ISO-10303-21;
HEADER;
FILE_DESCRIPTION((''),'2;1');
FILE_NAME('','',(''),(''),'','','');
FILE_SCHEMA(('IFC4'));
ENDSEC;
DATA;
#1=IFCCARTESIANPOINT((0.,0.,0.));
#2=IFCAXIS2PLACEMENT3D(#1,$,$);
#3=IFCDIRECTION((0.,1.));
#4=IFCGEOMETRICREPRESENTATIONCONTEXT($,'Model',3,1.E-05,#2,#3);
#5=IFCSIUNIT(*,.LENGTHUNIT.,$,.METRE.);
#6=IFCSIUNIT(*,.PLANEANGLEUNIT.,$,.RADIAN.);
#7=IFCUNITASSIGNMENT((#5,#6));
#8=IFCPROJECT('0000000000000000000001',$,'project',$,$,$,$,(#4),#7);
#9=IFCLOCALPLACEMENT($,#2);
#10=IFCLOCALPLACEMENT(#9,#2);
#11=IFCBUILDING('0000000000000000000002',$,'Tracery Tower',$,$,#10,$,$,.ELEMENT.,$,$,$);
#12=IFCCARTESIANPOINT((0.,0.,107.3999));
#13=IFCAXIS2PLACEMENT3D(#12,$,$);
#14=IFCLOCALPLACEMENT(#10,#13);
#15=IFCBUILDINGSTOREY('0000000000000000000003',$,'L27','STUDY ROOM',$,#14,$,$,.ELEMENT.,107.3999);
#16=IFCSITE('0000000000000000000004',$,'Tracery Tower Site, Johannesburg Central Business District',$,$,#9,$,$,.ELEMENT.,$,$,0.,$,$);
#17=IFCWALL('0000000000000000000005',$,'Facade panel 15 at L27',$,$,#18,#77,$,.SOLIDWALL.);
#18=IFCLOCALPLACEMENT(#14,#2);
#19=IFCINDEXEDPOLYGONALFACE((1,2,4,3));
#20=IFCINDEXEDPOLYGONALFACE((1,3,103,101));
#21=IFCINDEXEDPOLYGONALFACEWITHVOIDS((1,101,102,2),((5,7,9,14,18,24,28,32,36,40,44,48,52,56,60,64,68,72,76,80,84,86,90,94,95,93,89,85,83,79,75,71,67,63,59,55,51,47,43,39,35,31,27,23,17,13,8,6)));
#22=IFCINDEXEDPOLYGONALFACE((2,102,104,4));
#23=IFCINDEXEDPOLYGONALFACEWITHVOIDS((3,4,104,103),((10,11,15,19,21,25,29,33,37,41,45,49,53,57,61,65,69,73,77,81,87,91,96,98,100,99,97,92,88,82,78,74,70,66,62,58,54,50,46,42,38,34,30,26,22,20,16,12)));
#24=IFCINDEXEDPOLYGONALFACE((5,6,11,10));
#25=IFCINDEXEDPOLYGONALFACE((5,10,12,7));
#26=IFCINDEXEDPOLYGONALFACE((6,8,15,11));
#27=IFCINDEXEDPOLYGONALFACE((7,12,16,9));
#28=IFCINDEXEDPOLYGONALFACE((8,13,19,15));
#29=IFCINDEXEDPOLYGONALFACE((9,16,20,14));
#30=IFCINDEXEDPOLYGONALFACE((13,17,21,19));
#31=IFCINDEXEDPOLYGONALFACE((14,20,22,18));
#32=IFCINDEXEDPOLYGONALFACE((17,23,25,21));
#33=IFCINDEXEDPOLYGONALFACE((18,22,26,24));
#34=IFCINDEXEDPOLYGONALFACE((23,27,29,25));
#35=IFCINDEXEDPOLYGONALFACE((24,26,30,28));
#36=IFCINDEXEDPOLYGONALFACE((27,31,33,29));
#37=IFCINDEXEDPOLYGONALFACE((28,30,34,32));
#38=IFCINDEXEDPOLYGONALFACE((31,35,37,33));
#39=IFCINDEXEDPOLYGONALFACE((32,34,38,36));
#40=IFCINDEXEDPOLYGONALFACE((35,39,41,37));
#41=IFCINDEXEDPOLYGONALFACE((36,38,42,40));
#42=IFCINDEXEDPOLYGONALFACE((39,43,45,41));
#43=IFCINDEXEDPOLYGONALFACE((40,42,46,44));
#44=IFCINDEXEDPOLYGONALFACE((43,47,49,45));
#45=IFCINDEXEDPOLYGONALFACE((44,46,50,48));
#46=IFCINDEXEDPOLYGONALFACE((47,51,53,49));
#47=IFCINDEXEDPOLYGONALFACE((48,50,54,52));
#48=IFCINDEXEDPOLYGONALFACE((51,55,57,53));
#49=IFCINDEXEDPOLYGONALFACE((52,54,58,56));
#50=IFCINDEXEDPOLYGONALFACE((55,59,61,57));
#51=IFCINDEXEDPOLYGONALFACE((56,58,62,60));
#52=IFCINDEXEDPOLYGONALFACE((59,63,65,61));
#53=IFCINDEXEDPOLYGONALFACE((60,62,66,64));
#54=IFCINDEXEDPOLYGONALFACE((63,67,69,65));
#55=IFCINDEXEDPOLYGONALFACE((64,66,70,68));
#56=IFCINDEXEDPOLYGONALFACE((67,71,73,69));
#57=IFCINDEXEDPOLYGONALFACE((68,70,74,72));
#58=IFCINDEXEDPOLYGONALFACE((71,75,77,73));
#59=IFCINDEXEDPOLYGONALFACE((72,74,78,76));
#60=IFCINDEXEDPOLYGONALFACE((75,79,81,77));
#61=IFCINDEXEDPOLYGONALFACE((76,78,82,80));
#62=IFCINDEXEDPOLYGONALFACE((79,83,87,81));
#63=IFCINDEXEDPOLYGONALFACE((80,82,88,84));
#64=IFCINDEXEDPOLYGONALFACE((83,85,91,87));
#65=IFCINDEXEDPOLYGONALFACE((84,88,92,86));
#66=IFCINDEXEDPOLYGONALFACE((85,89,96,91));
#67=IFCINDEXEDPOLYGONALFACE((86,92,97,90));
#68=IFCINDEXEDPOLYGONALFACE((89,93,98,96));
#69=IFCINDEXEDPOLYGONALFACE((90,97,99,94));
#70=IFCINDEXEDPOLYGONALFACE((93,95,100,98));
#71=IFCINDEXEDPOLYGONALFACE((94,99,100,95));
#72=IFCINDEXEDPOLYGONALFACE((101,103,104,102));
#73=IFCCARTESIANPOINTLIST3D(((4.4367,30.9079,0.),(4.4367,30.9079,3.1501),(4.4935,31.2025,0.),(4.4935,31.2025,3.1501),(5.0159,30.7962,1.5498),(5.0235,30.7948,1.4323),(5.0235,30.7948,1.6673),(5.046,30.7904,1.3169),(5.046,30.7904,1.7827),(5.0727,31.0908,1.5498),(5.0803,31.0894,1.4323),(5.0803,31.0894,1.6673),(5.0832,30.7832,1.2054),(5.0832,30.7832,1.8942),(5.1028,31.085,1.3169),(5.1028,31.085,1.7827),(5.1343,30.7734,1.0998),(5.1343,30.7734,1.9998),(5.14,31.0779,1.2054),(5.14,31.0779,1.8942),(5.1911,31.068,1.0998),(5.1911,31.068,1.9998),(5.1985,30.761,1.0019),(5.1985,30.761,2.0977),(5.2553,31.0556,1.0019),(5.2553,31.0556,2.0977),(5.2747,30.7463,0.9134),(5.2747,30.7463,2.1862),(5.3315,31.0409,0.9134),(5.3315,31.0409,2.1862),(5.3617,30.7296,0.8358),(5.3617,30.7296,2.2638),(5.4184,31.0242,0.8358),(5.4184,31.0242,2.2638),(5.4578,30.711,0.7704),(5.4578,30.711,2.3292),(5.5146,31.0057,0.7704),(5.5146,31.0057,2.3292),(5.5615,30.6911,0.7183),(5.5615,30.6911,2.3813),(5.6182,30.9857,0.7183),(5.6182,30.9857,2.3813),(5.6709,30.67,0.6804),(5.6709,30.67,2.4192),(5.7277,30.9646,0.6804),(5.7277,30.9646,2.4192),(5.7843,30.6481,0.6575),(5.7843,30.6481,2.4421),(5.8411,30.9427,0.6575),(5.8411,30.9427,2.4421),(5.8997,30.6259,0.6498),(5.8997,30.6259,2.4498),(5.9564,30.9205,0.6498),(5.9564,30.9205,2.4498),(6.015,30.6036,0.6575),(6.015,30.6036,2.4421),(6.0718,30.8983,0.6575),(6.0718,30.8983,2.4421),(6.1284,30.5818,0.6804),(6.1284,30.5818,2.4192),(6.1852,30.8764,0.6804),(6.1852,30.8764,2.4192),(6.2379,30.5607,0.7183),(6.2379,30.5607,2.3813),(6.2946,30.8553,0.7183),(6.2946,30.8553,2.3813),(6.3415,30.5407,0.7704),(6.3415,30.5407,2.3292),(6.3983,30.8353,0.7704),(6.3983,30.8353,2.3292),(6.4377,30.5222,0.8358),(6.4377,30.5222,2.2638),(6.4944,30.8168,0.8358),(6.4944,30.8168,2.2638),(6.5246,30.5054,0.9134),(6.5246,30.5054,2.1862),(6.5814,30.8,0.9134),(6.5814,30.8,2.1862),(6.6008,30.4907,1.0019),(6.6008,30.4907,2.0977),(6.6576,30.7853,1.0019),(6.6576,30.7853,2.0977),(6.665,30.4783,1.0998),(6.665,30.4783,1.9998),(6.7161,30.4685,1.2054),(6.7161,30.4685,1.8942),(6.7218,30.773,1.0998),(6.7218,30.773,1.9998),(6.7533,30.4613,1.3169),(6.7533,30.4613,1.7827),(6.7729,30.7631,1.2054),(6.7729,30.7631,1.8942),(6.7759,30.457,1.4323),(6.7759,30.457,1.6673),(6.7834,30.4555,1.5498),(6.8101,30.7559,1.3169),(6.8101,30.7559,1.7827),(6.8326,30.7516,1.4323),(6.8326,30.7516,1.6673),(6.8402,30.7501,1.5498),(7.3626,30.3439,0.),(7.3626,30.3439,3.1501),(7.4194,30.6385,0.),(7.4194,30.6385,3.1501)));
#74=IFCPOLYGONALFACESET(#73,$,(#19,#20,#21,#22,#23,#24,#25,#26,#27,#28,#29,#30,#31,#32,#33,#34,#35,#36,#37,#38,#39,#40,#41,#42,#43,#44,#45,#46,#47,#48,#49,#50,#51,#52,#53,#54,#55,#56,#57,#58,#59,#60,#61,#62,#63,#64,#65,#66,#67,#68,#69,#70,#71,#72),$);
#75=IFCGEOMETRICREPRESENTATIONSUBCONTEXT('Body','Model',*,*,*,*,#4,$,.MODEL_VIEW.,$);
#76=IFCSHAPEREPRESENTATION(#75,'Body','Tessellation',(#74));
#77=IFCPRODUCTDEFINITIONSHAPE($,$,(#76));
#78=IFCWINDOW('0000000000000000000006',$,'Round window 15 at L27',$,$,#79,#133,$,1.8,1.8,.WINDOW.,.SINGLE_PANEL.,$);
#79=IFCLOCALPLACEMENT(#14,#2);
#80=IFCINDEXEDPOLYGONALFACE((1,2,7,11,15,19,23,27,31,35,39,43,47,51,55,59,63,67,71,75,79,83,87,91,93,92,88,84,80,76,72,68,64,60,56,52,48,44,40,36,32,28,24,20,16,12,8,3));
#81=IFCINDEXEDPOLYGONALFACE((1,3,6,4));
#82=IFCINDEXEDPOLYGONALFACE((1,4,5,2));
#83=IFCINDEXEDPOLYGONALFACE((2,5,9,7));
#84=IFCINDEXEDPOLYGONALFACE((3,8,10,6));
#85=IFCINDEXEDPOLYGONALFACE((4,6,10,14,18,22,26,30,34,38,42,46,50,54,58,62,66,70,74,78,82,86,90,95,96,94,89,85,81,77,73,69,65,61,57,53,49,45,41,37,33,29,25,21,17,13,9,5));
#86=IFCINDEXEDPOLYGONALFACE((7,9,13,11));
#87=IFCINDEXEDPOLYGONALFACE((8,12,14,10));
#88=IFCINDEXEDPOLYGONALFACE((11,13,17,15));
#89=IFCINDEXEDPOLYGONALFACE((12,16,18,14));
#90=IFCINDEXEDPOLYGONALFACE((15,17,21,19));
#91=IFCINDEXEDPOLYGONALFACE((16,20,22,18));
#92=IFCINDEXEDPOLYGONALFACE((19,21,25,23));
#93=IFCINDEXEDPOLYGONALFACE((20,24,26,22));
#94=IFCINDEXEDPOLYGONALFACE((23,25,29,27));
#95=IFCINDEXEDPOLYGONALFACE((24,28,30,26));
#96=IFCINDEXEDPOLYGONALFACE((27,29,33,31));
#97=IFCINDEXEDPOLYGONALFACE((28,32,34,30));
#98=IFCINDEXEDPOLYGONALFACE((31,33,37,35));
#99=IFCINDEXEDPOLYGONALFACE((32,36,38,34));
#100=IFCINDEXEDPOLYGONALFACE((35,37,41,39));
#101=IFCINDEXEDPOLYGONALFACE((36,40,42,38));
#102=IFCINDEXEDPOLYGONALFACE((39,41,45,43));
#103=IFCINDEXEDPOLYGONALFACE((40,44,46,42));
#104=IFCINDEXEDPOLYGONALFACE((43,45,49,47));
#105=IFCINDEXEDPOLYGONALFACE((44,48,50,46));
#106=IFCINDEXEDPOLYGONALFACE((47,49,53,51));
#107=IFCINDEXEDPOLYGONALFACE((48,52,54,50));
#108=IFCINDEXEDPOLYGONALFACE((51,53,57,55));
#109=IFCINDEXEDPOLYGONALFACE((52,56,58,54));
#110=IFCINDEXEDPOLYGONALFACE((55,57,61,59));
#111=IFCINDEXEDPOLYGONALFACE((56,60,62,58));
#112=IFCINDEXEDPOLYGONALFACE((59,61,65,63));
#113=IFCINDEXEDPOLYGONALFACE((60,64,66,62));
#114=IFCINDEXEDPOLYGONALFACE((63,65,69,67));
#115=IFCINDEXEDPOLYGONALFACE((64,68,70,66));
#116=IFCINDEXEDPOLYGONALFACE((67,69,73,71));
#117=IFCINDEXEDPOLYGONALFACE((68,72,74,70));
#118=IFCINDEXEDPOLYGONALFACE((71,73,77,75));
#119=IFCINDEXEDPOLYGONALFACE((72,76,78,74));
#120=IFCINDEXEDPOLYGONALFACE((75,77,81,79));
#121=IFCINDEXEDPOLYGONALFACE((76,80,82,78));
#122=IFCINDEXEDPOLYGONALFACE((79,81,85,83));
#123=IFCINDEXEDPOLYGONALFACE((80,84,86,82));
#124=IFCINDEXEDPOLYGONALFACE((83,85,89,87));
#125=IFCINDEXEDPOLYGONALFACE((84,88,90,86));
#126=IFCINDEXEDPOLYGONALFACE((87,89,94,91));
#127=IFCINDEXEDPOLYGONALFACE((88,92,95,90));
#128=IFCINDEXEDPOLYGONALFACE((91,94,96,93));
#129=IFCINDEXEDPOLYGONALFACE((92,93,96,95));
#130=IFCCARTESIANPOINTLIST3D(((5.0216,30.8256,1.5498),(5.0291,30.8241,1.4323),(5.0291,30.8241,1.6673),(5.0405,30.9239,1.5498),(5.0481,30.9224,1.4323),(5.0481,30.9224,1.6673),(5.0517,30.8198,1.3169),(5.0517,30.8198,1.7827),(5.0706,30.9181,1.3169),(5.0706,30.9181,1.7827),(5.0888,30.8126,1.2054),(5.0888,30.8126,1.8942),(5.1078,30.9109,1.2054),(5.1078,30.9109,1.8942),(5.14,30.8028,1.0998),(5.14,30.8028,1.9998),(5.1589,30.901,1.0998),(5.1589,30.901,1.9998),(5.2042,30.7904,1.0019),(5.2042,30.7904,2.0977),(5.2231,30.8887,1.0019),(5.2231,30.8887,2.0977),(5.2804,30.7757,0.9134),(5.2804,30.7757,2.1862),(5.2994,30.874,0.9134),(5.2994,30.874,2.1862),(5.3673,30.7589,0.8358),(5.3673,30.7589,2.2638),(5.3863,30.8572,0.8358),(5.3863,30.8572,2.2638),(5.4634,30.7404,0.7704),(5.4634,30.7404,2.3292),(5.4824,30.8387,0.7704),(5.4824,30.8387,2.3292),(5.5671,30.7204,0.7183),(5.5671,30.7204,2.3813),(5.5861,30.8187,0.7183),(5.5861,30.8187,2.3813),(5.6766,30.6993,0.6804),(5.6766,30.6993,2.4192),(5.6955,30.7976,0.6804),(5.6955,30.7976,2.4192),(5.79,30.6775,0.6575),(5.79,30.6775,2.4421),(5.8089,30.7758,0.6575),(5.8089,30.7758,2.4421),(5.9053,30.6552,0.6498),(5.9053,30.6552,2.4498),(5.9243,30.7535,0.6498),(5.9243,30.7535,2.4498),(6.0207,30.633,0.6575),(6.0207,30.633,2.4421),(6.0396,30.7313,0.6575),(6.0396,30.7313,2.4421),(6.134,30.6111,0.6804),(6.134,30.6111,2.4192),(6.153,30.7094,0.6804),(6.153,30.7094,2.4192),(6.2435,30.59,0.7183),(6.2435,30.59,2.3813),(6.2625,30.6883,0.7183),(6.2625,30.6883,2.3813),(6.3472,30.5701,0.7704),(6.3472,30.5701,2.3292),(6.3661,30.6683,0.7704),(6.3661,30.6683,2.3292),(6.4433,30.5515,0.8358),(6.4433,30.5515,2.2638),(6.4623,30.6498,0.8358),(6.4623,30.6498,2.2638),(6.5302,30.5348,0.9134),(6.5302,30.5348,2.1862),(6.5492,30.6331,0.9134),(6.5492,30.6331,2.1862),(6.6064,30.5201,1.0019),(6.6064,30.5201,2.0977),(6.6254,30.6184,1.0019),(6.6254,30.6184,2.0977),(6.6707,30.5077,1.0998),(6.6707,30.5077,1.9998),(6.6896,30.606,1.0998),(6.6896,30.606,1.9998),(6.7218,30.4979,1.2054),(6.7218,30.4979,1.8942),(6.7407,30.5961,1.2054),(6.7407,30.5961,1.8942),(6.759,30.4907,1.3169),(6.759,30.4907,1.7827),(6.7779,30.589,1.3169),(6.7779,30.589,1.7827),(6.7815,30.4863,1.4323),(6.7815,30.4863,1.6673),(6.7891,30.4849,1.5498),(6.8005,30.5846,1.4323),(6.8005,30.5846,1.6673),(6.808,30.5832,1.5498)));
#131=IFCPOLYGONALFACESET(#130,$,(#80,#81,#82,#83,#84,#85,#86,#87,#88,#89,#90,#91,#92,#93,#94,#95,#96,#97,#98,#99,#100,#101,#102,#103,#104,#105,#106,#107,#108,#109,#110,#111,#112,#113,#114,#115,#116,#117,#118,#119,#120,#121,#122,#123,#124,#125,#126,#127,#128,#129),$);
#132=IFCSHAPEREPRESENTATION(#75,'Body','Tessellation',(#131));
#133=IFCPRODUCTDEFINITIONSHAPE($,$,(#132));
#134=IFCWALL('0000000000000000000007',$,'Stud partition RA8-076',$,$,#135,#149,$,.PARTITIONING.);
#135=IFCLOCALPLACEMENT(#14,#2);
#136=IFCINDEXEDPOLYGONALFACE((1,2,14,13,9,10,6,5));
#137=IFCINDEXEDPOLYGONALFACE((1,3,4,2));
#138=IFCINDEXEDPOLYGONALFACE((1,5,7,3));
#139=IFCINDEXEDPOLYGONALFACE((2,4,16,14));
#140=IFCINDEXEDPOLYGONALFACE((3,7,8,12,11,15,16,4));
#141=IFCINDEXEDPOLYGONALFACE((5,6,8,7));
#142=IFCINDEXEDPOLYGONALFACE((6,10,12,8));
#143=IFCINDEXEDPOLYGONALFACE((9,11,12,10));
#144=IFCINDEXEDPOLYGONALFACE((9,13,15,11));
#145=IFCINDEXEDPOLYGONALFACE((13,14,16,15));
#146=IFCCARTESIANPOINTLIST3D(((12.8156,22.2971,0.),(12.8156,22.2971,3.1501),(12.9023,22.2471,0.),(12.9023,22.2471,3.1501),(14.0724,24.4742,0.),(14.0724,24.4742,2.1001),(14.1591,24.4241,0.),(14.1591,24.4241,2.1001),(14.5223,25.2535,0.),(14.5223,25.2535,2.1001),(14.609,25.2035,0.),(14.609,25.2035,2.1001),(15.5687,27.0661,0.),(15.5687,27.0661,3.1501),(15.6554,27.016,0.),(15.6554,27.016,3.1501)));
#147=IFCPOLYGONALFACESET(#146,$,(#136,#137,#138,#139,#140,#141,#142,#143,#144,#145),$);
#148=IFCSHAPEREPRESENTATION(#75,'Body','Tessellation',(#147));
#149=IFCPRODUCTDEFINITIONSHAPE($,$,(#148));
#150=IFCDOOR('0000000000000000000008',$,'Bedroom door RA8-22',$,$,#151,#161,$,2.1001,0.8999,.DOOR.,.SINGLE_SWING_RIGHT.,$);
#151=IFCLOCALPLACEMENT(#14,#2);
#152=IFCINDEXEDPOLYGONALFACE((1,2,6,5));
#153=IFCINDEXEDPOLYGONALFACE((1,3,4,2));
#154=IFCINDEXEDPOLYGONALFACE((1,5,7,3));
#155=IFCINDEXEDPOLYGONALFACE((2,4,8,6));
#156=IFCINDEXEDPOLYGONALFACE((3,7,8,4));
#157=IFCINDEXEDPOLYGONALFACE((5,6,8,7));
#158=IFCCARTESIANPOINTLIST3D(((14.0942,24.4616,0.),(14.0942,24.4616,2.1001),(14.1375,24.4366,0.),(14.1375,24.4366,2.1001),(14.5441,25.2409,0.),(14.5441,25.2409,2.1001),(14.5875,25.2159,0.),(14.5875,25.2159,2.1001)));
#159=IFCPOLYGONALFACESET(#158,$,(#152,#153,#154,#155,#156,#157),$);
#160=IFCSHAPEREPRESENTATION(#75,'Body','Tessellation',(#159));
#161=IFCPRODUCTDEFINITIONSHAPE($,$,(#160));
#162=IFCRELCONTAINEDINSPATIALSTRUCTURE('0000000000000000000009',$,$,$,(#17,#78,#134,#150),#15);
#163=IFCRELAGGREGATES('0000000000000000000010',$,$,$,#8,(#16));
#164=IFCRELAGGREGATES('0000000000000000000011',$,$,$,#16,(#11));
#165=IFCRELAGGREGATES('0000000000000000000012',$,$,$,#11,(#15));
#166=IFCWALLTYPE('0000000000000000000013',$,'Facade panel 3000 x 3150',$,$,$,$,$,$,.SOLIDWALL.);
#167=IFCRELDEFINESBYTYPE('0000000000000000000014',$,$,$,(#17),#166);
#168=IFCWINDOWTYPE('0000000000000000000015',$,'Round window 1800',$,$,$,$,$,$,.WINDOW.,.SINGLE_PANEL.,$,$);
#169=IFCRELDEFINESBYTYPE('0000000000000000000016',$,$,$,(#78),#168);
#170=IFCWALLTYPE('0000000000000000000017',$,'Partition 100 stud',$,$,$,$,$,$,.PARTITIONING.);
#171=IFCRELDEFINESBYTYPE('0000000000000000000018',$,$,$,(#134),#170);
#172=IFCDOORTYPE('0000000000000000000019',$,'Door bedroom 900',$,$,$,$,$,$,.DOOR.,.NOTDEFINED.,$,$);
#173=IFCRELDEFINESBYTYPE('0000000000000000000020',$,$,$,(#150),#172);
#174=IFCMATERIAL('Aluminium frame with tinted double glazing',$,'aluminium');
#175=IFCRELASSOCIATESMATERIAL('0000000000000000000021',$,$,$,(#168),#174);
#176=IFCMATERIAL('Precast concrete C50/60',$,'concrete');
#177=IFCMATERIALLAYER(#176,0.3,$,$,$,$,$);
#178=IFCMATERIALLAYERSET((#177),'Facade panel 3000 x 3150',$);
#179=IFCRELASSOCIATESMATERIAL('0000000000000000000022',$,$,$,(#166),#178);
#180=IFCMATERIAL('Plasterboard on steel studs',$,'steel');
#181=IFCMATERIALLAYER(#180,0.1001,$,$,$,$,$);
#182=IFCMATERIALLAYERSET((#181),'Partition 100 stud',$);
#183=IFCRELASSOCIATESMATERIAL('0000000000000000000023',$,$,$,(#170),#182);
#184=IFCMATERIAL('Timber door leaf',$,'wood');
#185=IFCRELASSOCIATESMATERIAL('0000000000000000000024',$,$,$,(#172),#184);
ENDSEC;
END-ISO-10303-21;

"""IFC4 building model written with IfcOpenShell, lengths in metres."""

from ifc_helpers import new_model, si_unit, direction, frame, frame_2d, origin, origin_2d, place, context, subcontext, project, spatial, rectangle, circle, extrude, material, layer, layer_set, type_object, element, fill, save


model = new_model("IFC4")

# Units and contexts
model_context = context("Model", 3, precision=1e-05, world=origin(), true_north=direction((0.0, 1.0)))
body_context = subcontext(model_context, "Body", "Model", "MODEL_VIEW")
ifc_project = project(units=[si_unit("LENGTHUNIT", "METRE"), si_unit("PLANEANGLEUNIT", "RADIAN")], contexts=[model_context])

# Site, building, storey
site_placement = place(None, origin())
site = spatial("IfcSite", under=ifc_project, at=site_placement, Name="Tracery Tower Site, Johannesburg Central Business District", CompositionType="ELEMENT", RefElevation=0.0)
building_placement = place(site_placement, origin())
building = spatial("IfcBuilding", under=site, at=building_placement, Name="Tracery Tower", CompositionType="ELEMENT")
storey_placement = place(building_placement, frame((0.0, 0.0, 107.3999)))
storey = spatial("IfcBuildingStorey", under=building, at=storey_placement, Name="L27", Description="STUDY ROOM", CompositionType="ELEMENT", Elevation=107.3999)

# Wall, opening, window
ifc_material_1 = material(Name="Aluminium frame with tinted double glazing", Category="aluminium")
window_type = type_object("IfcWindowType", Name="Round window 1800", PartitioningType="SINGLE_PANEL", PredefinedType="WINDOW", material=ifc_material_1)
ifc_material_2 = material(Name="Precast concrete C50/60", Category="concrete")
ifc_layer_1 = layer(ifc_material_2, 0.3)
ifc_layer_set_1 = layer_set([ifc_layer_1], Name="Facade panel 3000 x 3150")
wall_type_1 = type_object("IfcWallType", Name="Facade panel 3000 x 3150", PredefinedType="SOLIDWALL", material=ifc_layer_set_1)
wall_1_placement = place(storey_placement, frame((7.3909, 30.4912, 0.0), z_axis=(0.0, 0.0, 1.0), x_axis=(-0.981925, 0.189273, 0.0)))
wall_1 = element("IfcWall", 1, at=wall_1_placement, inside=storey, type_object=wall_type_1, Name="Facade panel 15 at L27", PredefinedType="SOLIDWALL", context=body_context, shape_type="SweptSolid", body=[
    extrude(rectangle(XDim=2.9797, YDim=0.3, at=frame_2d((1.4897, 0.0))), origin(), (0.0, 0.0, 1.0), 3.1501),
])
opening_1_placement = place(wall_1_placement, frame((1.4897, 0.0, 1.5498)))
opening_1 = element("IfcOpeningElement", 2, at=opening_1_placement, cuts=wall_1, PredefinedType="OPENING", context=body_context, shape_type="SweptSolid", body=[
    extrude(circle(Radius=0.9, at=origin_2d()), frame((0.0, 0.1599, 0.0), z_axis=(0.0, -1.0, 0.0), x_axis=(1.0, 0.0, 0.0)), (0.0, 0.0, 1.0), 0.3201),
])
window_1_placement = place(opening_1_placement, origin())
window_1 = element("IfcWindow", 3, at=window_1_placement, inside=storey, type_object=window_type, Name="Round window 15 at L27", OverallHeight=1.8, OverallWidth=1.8, PartitioningType="SINGLE_PANEL", PredefinedType="WINDOW", context=body_context, shape_type="SweptSolid", body=[
    extrude(circle(Radius=0.9, at=origin_2d()), frame((0.0, 0.1201, 0.0), z_axis=(0.0, -1.0, 0.0), x_axis=(1.0, 0.0, 0.0)), (0.0, 0.0, 1.0), 0.1001),
])
fill(opening_1, window_1)

# Wall, opening, door
ifc_material_3 = material(Name="Plasterboard on steel studs", Category="steel")
ifc_layer_2 = layer(ifc_material_3, 0.1001)
ifc_layer_set_2 = layer_set([ifc_layer_2], Name="Partition 100 stud")
wall_type_2 = type_object("IfcWallType", Name="Partition 100 stud", PredefinedType="PARTITIONING", material=ifc_layer_set_2)
wall_2_placement = place(storey_placement, frame((12.8589, 22.272, 0.0), z_axis=(0.0, 0.0, 1.0), x_axis=(0.499968, 0.866044, 0.0)))
wall_2 = element("IfcWall", 4, at=wall_2_placement, inside=storey, type_object=wall_type_2, Name="Stud partition RA8-076", PredefinedType="PARTITIONING", context=body_context, shape_type="SweptSolid", body=[
    extrude(rectangle(XDim=5.5066, YDim=0.1001, at=frame_2d((2.7534, 0.0))), origin(), (0.0, 0.0, 1.0), 3.1501),
])
opening_2_placement = place(wall_2_placement, frame((2.5139, 0.0, 0.0)))
opening_2 = element("IfcOpeningElement", 5, at=opening_2_placement, cuts=wall_2, PredefinedType="OPENING", context=body_context, shape_type="SweptSolid", body=[
    extrude(rectangle(XDim=0.8999, YDim=2.1001, at=frame_2d((0.45, 1.05))), frame((0.0, 0.05, 0.0), z_axis=(0.0, -1.0, 0.0), x_axis=(1.0, 0.0, 0.0)), (0.0, 0.0, 1.0), 0.1001),
])
ifc_material_4 = material(Name="Timber door leaf", Category="wood")
door_type_1 = type_object("IfcDoorType", Name="Door bedroom 900", OperationType="NOTDEFINED", PredefinedType="DOOR", material=ifc_material_4)
door_1_placement = place(opening_2_placement, origin())
door_1 = element("IfcDoor", 6, at=door_1_placement, inside=storey, type_object=door_type_1, Name="Bedroom door RA8-22", OperationType="SINGLE_SWING_RIGHT", OverallHeight=2.1001, OverallWidth=0.8999, PredefinedType="DOOR", context=body_context, shape_type="SweptSolid", body=[
    extrude(rectangle(XDim=0.8999, YDim=2.1001, at=frame_2d((0.45, 1.05))), frame((0.0, 0.0249, 0.0), z_axis=(0.0, -1.0, 0.0), x_axis=(1.0, 0.0, 0.0)), (0.0, 0.0, 1.0), 0.05),
])
fill(opening_2, door_1)

save(model, "model.ifc")
